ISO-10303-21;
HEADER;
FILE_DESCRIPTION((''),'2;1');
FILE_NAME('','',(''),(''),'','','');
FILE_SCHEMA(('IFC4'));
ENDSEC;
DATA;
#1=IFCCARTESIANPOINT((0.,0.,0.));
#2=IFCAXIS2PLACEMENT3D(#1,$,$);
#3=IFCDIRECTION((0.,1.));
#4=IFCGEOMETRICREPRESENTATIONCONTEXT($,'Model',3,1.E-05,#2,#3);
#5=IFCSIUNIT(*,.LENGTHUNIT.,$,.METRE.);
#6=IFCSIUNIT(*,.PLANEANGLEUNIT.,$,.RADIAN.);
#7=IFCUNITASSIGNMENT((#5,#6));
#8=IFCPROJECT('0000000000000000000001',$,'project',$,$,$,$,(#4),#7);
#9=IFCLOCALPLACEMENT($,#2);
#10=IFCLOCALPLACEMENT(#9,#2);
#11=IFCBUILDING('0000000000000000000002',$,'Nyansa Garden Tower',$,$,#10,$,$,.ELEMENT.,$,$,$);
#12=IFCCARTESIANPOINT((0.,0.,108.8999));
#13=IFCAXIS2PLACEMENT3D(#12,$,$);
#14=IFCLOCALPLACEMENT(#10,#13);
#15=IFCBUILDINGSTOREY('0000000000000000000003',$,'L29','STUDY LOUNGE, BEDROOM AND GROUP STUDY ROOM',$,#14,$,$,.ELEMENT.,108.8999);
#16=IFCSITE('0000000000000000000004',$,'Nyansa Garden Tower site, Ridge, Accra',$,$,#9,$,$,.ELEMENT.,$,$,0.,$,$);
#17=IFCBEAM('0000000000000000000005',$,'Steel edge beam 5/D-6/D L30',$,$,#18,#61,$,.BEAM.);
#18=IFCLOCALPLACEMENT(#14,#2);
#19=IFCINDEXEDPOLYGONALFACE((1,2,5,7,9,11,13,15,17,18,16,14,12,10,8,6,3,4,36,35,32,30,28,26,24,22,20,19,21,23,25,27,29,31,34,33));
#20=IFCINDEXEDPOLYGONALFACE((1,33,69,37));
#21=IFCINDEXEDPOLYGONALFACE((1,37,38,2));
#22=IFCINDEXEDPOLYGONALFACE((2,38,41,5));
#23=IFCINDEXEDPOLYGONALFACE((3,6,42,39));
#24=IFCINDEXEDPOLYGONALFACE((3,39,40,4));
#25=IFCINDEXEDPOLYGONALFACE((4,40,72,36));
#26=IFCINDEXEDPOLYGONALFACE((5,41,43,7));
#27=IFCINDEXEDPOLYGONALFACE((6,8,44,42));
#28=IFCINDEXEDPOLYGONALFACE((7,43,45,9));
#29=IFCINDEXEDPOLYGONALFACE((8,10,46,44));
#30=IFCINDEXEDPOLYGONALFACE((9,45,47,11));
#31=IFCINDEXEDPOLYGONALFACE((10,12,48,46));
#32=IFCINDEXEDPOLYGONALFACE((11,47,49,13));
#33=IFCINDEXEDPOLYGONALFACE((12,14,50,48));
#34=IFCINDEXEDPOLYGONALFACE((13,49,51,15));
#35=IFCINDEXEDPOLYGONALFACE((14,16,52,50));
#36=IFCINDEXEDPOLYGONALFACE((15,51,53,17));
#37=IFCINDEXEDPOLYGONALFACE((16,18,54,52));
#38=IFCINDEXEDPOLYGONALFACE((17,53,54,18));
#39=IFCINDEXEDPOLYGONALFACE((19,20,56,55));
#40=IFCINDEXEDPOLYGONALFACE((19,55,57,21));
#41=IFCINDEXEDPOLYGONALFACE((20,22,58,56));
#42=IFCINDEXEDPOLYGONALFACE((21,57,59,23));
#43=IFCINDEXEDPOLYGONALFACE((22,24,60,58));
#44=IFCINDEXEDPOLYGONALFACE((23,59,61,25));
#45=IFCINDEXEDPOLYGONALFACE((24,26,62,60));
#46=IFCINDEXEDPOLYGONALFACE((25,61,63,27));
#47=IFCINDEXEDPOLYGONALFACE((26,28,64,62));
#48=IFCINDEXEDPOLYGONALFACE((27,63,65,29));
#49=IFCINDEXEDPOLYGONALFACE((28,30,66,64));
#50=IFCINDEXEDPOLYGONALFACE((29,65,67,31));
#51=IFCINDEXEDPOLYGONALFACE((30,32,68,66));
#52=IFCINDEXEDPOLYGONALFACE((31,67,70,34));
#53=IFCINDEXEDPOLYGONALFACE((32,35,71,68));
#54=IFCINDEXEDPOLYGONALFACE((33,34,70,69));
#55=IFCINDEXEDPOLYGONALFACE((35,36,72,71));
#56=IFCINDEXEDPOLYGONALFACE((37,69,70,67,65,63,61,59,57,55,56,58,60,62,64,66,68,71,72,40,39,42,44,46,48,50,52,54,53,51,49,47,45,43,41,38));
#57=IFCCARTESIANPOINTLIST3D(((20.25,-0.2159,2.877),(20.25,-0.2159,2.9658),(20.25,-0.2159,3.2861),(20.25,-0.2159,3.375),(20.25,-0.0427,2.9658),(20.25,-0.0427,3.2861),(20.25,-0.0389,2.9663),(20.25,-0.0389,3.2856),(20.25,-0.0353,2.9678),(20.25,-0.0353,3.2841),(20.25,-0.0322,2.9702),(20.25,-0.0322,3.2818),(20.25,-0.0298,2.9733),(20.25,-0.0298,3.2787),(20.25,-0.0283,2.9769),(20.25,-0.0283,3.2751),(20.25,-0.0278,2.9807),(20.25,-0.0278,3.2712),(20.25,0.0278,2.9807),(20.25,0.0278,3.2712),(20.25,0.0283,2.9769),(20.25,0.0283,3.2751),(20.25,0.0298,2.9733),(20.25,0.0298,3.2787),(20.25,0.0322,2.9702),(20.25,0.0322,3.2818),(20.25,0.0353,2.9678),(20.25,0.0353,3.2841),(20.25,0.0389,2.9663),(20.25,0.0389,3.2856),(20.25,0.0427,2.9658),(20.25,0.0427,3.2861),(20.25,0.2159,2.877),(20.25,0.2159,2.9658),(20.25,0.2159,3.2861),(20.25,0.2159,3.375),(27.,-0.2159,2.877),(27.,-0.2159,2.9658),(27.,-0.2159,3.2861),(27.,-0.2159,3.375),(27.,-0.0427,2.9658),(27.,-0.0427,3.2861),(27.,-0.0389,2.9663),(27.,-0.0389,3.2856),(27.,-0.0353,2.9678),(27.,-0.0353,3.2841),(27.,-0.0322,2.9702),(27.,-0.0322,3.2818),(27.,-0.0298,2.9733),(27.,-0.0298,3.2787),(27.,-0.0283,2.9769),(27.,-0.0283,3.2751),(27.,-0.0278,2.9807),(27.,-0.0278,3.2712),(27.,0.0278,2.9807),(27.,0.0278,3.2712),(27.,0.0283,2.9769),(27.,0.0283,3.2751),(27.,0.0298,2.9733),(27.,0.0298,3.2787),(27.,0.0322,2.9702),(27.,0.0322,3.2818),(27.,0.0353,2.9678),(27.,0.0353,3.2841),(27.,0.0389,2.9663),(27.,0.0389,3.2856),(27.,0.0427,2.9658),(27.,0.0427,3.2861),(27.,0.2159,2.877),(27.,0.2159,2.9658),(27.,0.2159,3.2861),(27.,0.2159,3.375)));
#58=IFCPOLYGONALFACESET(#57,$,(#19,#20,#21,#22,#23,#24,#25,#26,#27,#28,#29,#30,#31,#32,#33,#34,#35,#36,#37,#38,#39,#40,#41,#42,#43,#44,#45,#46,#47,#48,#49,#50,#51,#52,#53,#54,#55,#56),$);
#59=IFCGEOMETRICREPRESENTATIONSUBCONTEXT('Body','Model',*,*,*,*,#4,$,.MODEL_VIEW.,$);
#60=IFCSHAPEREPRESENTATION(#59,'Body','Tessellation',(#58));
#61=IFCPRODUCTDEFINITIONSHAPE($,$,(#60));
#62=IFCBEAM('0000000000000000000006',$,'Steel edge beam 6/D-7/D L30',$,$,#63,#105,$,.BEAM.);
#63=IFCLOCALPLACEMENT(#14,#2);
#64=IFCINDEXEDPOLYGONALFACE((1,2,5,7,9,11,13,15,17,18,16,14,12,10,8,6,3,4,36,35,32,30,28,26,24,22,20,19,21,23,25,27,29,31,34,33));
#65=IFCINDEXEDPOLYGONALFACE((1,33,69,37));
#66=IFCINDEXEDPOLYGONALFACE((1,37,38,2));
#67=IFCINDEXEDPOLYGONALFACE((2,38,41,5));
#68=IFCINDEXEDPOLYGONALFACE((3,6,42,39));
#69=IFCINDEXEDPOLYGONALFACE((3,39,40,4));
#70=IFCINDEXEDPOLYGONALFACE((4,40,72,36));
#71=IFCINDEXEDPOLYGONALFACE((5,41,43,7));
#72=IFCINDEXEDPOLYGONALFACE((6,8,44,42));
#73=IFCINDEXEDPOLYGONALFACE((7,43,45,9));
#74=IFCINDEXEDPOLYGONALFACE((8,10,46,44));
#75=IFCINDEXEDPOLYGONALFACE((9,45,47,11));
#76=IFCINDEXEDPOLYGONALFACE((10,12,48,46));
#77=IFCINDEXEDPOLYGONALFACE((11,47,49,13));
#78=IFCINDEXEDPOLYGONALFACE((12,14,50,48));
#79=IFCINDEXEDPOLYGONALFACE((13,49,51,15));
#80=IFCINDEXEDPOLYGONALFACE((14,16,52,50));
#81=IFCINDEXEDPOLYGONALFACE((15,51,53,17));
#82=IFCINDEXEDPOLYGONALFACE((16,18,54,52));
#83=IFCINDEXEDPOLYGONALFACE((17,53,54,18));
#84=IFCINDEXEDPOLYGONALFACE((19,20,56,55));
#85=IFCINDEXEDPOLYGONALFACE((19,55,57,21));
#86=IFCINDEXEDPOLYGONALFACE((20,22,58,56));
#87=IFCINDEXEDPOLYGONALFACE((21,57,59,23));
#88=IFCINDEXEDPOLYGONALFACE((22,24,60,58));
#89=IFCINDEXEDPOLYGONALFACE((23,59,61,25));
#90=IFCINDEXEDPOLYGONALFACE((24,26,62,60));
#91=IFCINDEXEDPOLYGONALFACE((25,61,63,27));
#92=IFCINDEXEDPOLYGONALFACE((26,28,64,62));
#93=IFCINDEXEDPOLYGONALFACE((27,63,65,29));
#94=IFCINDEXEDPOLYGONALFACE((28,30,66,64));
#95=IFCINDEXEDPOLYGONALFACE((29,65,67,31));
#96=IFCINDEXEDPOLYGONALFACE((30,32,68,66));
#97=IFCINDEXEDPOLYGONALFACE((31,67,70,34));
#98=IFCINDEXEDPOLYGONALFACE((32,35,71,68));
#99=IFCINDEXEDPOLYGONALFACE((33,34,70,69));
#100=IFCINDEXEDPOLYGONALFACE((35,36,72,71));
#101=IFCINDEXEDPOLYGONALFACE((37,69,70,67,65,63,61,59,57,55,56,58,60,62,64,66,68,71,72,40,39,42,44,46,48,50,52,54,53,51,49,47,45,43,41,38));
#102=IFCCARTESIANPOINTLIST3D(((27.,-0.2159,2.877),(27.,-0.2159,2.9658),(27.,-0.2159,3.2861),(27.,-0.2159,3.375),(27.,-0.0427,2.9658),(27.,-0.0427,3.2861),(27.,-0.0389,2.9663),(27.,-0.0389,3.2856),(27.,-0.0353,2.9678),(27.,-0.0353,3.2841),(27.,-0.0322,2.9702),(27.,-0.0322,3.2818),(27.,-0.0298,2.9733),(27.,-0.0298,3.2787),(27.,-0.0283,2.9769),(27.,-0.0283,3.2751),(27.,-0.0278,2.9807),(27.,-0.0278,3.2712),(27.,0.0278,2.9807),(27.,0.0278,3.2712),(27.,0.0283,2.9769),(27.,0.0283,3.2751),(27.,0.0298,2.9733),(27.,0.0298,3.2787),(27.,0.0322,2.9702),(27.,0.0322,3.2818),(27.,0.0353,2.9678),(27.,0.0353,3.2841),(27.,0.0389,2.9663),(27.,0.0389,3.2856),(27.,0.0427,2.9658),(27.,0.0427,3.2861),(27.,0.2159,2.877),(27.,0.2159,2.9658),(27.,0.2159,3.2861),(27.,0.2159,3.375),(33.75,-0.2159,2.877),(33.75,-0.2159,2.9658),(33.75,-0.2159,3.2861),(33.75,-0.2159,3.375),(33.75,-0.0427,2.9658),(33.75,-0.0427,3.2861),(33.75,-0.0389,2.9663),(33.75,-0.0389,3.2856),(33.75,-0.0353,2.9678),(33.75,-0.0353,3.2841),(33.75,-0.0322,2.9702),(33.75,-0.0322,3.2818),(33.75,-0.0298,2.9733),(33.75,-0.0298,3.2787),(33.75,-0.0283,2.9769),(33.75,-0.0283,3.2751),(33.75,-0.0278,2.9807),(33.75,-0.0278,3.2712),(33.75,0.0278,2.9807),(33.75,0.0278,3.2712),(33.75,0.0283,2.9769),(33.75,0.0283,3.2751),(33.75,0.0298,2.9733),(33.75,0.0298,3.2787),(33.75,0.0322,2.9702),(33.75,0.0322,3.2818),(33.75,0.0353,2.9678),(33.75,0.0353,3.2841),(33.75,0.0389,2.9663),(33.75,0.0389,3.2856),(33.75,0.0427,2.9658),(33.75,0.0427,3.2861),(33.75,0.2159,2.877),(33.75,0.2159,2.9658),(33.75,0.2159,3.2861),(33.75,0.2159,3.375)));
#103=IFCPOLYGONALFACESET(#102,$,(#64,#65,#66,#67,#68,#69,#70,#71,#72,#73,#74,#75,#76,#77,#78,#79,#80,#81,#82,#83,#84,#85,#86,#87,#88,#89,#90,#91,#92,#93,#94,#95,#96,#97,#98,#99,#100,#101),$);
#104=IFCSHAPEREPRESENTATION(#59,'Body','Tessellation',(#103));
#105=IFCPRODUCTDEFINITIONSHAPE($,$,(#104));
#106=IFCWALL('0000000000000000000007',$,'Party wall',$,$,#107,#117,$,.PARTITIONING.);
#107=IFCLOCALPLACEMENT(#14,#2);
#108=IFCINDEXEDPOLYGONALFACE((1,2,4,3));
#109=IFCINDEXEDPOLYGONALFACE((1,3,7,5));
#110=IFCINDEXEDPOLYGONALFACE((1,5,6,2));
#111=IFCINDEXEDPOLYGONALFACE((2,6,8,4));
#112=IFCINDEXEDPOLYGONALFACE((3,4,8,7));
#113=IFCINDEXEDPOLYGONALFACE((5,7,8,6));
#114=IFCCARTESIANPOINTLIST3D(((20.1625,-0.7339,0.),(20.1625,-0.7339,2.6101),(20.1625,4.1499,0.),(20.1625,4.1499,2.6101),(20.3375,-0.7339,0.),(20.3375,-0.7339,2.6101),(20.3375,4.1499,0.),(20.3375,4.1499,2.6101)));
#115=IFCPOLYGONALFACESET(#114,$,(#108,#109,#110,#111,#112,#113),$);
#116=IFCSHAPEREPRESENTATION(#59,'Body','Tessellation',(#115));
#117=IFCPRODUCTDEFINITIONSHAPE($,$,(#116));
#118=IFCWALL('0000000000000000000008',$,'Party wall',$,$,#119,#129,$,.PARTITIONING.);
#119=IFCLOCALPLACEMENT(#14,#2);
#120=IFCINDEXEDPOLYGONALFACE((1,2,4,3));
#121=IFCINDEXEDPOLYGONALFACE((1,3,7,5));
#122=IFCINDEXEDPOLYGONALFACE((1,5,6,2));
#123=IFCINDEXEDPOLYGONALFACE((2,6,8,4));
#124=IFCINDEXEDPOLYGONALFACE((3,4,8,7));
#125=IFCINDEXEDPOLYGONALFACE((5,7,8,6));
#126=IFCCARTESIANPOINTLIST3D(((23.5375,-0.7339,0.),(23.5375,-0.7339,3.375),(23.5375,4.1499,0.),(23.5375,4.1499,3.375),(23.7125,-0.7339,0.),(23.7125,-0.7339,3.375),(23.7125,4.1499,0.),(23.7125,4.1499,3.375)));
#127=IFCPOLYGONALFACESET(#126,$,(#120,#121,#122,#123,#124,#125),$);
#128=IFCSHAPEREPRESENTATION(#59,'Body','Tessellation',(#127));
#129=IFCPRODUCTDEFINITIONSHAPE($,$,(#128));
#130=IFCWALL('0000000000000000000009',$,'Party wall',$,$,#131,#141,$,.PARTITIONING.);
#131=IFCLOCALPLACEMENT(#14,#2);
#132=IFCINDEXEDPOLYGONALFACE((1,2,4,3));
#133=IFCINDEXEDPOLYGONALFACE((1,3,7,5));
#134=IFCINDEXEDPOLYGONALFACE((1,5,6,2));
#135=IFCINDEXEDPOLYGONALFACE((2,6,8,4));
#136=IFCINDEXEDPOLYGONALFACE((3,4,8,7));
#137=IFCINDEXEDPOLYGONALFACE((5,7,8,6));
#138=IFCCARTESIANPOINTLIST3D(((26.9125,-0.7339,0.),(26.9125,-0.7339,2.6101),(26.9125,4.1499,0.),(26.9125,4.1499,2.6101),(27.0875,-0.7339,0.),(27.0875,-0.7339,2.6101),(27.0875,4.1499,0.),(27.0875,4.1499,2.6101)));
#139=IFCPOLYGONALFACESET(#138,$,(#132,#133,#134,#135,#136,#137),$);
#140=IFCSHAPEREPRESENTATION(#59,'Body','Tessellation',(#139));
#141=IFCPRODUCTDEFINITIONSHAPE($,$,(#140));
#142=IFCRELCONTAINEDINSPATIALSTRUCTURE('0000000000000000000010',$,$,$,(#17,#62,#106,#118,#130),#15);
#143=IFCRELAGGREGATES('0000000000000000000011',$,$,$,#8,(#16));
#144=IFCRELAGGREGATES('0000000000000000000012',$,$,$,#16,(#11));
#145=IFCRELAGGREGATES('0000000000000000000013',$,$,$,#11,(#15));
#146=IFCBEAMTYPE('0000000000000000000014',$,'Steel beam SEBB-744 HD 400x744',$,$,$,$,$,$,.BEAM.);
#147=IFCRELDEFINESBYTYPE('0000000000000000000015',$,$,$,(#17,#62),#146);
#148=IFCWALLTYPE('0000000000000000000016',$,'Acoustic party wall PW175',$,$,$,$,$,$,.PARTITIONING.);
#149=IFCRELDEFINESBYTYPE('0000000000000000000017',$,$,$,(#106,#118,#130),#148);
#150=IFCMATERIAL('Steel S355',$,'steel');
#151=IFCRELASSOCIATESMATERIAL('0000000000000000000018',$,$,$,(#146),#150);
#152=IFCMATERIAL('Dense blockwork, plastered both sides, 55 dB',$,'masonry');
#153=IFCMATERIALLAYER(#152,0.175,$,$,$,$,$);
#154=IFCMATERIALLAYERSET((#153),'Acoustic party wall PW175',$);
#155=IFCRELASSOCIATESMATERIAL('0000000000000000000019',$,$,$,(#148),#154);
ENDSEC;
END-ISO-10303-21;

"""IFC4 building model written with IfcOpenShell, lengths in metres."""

from ifc_helpers import new_model, si_unit, direction, frame, frame_2d, origin, origin_2d, place, context, subcontext, project, spatial, rectangle, i_section, extrude, material, layer, layer_set, material_profile, profile_set, type_object, element, save


model = new_model("IFC4")

# Units and contexts
model_context = context("Model", 3, precision=1e-05, world=origin(), true_north=direction((0.0, 1.0)))
body_context = subcontext(model_context, "Body", "Model", "MODEL_VIEW")
ifc_project = project(units=[si_unit("LENGTHUNIT", "METRE"), si_unit("PLANEANGLEUNIT", "RADIAN")], contexts=[model_context])

# Site, building, storey
site_placement = place(None, origin())
site = spatial("IfcSite", under=ifc_project, at=site_placement, Name="Nyansa Garden Tower site, Ridge, Accra", CompositionType="ELEMENT", RefElevation=0.0)
building_placement = place(site_placement, origin())
building = spatial("IfcBuilding", under=site, at=building_placement, Name="Nyansa Garden Tower", CompositionType="ELEMENT")
storey_placement = place(building_placement, frame((0.0, 0.0, 108.8999)))
storey = spatial("IfcBuildingStorey", under=building, at=storey_placement, Name="L29", Description="STUDY LOUNGE, BEDROOM AND GROUP STUDY ROOM", CompositionType="ELEMENT", Elevation=108.8999)

# Beams
ifc_material_1 = material(Name="Steel S355", Category="steel")
ifc_material_profile_1 = material_profile(ifc_material_1, i_section(OverallWidth=0.4319, OverallDepth=0.498, WebThickness=0.0557, FlangeThickness=0.0889, FilletRadius=0.0149, at=origin_2d()), Name="HD 400x744")
ifc_profile_set_1 = profile_set([ifc_material_profile_1], Name="Steel S355")
beam_type_1 = type_object("IfcBeamType", Name="Steel beam SEBB-744 HD 400x744", PredefinedType="BEAM", material=ifc_profile_set_1)
for number, where, z_axis, x_axis, name in (
    (1, (20.25, 0.0, 3.126), (1.0, 0.0, 0.0), (0.0, 1.0, 0.0), "Steel edge beam 5/D-6/D L30"),
    (2, (27.0, 0.0, 3.126), (1.0, 0.0, 0.0), (0.0, 1.0, 0.0), "Steel edge beam 6/D-7/D L30"),
):
    element("IfcBeam", number, at=place(storey_placement, frame(where, z_axis=z_axis, x_axis=x_axis)), inside=storey, type_object=beam_type_1, Name=name, PredefinedType="BEAM", context=body_context, shape_type="SweptSolid", body=[
        extrude(i_section(OverallWidth=0.4319, OverallDepth=0.498, WebThickness=0.0557, FlangeThickness=0.0889, FilletRadius=0.0149, at=origin_2d()), origin(), (0.0, 0.0, 1.0), 6.75),
    ])

# Walls
ifc_material_2 = material(Name="Dense blockwork, plastered both sides, 55 dB", Category="masonry")
ifc_layer_1 = layer(ifc_material_2, 0.175)
ifc_layer_set_1 = layer_set([ifc_layer_1], Name="Acoustic party wall PW175")
wall_type_1 = type_object("IfcWallType", Name="Acoustic party wall PW175", PredefinedType="PARTITIONING", material=ifc_layer_set_1)
wall_1_placement = place(storey_placement, frame((20.25, -0.7339, 0.0), z_axis=(0.0, 0.0, 1.0), x_axis=(0.0, 1.0, 0.0)))
element("IfcWall", 3, at=wall_1_placement, inside=storey, type_object=wall_type_1, Name="Party wall", PredefinedType="PARTITIONING", context=body_context, shape_type="SweptSolid", body=[
    extrude(rectangle(XDim=4.8838, YDim=0.175, at=frame_2d((2.4419, 0.0))), origin(), (0.0, 0.0, 1.0), 2.6101),
])
wall_2_placement = place(storey_placement, frame((23.625, -0.7339, 0.0), z_axis=(0.0, 0.0, 1.0), x_axis=(0.0, 1.0, 0.0)))
element("IfcWall", 4, at=wall_2_placement, inside=storey, type_object=wall_type_1, Name="Party wall", PredefinedType="PARTITIONING", context=body_context, shape_type="SweptSolid", body=[
    extrude(rectangle(XDim=4.8838, YDim=0.175, at=frame_2d((2.4419, 0.0))), origin(), (0.0, 0.0, 1.0), 3.375),
])
wall_3_placement = place(storey_placement, frame((27.0, -0.7339, 0.0), z_axis=(0.0, 0.0, 1.0), x_axis=(0.0, 1.0, 0.0)))
element("IfcWall", 5, at=wall_3_placement, inside=storey, type_object=wall_type_1, Name="Party wall", PredefinedType="PARTITIONING", context=body_context, shape_type="SweptSolid", body=[
    extrude(rectangle(XDim=4.8838, YDim=0.175, at=frame_2d((2.4419, 0.0))), origin(), (0.0, 0.0, 1.0), 2.6101),
])

save(model, "model.ifc")
